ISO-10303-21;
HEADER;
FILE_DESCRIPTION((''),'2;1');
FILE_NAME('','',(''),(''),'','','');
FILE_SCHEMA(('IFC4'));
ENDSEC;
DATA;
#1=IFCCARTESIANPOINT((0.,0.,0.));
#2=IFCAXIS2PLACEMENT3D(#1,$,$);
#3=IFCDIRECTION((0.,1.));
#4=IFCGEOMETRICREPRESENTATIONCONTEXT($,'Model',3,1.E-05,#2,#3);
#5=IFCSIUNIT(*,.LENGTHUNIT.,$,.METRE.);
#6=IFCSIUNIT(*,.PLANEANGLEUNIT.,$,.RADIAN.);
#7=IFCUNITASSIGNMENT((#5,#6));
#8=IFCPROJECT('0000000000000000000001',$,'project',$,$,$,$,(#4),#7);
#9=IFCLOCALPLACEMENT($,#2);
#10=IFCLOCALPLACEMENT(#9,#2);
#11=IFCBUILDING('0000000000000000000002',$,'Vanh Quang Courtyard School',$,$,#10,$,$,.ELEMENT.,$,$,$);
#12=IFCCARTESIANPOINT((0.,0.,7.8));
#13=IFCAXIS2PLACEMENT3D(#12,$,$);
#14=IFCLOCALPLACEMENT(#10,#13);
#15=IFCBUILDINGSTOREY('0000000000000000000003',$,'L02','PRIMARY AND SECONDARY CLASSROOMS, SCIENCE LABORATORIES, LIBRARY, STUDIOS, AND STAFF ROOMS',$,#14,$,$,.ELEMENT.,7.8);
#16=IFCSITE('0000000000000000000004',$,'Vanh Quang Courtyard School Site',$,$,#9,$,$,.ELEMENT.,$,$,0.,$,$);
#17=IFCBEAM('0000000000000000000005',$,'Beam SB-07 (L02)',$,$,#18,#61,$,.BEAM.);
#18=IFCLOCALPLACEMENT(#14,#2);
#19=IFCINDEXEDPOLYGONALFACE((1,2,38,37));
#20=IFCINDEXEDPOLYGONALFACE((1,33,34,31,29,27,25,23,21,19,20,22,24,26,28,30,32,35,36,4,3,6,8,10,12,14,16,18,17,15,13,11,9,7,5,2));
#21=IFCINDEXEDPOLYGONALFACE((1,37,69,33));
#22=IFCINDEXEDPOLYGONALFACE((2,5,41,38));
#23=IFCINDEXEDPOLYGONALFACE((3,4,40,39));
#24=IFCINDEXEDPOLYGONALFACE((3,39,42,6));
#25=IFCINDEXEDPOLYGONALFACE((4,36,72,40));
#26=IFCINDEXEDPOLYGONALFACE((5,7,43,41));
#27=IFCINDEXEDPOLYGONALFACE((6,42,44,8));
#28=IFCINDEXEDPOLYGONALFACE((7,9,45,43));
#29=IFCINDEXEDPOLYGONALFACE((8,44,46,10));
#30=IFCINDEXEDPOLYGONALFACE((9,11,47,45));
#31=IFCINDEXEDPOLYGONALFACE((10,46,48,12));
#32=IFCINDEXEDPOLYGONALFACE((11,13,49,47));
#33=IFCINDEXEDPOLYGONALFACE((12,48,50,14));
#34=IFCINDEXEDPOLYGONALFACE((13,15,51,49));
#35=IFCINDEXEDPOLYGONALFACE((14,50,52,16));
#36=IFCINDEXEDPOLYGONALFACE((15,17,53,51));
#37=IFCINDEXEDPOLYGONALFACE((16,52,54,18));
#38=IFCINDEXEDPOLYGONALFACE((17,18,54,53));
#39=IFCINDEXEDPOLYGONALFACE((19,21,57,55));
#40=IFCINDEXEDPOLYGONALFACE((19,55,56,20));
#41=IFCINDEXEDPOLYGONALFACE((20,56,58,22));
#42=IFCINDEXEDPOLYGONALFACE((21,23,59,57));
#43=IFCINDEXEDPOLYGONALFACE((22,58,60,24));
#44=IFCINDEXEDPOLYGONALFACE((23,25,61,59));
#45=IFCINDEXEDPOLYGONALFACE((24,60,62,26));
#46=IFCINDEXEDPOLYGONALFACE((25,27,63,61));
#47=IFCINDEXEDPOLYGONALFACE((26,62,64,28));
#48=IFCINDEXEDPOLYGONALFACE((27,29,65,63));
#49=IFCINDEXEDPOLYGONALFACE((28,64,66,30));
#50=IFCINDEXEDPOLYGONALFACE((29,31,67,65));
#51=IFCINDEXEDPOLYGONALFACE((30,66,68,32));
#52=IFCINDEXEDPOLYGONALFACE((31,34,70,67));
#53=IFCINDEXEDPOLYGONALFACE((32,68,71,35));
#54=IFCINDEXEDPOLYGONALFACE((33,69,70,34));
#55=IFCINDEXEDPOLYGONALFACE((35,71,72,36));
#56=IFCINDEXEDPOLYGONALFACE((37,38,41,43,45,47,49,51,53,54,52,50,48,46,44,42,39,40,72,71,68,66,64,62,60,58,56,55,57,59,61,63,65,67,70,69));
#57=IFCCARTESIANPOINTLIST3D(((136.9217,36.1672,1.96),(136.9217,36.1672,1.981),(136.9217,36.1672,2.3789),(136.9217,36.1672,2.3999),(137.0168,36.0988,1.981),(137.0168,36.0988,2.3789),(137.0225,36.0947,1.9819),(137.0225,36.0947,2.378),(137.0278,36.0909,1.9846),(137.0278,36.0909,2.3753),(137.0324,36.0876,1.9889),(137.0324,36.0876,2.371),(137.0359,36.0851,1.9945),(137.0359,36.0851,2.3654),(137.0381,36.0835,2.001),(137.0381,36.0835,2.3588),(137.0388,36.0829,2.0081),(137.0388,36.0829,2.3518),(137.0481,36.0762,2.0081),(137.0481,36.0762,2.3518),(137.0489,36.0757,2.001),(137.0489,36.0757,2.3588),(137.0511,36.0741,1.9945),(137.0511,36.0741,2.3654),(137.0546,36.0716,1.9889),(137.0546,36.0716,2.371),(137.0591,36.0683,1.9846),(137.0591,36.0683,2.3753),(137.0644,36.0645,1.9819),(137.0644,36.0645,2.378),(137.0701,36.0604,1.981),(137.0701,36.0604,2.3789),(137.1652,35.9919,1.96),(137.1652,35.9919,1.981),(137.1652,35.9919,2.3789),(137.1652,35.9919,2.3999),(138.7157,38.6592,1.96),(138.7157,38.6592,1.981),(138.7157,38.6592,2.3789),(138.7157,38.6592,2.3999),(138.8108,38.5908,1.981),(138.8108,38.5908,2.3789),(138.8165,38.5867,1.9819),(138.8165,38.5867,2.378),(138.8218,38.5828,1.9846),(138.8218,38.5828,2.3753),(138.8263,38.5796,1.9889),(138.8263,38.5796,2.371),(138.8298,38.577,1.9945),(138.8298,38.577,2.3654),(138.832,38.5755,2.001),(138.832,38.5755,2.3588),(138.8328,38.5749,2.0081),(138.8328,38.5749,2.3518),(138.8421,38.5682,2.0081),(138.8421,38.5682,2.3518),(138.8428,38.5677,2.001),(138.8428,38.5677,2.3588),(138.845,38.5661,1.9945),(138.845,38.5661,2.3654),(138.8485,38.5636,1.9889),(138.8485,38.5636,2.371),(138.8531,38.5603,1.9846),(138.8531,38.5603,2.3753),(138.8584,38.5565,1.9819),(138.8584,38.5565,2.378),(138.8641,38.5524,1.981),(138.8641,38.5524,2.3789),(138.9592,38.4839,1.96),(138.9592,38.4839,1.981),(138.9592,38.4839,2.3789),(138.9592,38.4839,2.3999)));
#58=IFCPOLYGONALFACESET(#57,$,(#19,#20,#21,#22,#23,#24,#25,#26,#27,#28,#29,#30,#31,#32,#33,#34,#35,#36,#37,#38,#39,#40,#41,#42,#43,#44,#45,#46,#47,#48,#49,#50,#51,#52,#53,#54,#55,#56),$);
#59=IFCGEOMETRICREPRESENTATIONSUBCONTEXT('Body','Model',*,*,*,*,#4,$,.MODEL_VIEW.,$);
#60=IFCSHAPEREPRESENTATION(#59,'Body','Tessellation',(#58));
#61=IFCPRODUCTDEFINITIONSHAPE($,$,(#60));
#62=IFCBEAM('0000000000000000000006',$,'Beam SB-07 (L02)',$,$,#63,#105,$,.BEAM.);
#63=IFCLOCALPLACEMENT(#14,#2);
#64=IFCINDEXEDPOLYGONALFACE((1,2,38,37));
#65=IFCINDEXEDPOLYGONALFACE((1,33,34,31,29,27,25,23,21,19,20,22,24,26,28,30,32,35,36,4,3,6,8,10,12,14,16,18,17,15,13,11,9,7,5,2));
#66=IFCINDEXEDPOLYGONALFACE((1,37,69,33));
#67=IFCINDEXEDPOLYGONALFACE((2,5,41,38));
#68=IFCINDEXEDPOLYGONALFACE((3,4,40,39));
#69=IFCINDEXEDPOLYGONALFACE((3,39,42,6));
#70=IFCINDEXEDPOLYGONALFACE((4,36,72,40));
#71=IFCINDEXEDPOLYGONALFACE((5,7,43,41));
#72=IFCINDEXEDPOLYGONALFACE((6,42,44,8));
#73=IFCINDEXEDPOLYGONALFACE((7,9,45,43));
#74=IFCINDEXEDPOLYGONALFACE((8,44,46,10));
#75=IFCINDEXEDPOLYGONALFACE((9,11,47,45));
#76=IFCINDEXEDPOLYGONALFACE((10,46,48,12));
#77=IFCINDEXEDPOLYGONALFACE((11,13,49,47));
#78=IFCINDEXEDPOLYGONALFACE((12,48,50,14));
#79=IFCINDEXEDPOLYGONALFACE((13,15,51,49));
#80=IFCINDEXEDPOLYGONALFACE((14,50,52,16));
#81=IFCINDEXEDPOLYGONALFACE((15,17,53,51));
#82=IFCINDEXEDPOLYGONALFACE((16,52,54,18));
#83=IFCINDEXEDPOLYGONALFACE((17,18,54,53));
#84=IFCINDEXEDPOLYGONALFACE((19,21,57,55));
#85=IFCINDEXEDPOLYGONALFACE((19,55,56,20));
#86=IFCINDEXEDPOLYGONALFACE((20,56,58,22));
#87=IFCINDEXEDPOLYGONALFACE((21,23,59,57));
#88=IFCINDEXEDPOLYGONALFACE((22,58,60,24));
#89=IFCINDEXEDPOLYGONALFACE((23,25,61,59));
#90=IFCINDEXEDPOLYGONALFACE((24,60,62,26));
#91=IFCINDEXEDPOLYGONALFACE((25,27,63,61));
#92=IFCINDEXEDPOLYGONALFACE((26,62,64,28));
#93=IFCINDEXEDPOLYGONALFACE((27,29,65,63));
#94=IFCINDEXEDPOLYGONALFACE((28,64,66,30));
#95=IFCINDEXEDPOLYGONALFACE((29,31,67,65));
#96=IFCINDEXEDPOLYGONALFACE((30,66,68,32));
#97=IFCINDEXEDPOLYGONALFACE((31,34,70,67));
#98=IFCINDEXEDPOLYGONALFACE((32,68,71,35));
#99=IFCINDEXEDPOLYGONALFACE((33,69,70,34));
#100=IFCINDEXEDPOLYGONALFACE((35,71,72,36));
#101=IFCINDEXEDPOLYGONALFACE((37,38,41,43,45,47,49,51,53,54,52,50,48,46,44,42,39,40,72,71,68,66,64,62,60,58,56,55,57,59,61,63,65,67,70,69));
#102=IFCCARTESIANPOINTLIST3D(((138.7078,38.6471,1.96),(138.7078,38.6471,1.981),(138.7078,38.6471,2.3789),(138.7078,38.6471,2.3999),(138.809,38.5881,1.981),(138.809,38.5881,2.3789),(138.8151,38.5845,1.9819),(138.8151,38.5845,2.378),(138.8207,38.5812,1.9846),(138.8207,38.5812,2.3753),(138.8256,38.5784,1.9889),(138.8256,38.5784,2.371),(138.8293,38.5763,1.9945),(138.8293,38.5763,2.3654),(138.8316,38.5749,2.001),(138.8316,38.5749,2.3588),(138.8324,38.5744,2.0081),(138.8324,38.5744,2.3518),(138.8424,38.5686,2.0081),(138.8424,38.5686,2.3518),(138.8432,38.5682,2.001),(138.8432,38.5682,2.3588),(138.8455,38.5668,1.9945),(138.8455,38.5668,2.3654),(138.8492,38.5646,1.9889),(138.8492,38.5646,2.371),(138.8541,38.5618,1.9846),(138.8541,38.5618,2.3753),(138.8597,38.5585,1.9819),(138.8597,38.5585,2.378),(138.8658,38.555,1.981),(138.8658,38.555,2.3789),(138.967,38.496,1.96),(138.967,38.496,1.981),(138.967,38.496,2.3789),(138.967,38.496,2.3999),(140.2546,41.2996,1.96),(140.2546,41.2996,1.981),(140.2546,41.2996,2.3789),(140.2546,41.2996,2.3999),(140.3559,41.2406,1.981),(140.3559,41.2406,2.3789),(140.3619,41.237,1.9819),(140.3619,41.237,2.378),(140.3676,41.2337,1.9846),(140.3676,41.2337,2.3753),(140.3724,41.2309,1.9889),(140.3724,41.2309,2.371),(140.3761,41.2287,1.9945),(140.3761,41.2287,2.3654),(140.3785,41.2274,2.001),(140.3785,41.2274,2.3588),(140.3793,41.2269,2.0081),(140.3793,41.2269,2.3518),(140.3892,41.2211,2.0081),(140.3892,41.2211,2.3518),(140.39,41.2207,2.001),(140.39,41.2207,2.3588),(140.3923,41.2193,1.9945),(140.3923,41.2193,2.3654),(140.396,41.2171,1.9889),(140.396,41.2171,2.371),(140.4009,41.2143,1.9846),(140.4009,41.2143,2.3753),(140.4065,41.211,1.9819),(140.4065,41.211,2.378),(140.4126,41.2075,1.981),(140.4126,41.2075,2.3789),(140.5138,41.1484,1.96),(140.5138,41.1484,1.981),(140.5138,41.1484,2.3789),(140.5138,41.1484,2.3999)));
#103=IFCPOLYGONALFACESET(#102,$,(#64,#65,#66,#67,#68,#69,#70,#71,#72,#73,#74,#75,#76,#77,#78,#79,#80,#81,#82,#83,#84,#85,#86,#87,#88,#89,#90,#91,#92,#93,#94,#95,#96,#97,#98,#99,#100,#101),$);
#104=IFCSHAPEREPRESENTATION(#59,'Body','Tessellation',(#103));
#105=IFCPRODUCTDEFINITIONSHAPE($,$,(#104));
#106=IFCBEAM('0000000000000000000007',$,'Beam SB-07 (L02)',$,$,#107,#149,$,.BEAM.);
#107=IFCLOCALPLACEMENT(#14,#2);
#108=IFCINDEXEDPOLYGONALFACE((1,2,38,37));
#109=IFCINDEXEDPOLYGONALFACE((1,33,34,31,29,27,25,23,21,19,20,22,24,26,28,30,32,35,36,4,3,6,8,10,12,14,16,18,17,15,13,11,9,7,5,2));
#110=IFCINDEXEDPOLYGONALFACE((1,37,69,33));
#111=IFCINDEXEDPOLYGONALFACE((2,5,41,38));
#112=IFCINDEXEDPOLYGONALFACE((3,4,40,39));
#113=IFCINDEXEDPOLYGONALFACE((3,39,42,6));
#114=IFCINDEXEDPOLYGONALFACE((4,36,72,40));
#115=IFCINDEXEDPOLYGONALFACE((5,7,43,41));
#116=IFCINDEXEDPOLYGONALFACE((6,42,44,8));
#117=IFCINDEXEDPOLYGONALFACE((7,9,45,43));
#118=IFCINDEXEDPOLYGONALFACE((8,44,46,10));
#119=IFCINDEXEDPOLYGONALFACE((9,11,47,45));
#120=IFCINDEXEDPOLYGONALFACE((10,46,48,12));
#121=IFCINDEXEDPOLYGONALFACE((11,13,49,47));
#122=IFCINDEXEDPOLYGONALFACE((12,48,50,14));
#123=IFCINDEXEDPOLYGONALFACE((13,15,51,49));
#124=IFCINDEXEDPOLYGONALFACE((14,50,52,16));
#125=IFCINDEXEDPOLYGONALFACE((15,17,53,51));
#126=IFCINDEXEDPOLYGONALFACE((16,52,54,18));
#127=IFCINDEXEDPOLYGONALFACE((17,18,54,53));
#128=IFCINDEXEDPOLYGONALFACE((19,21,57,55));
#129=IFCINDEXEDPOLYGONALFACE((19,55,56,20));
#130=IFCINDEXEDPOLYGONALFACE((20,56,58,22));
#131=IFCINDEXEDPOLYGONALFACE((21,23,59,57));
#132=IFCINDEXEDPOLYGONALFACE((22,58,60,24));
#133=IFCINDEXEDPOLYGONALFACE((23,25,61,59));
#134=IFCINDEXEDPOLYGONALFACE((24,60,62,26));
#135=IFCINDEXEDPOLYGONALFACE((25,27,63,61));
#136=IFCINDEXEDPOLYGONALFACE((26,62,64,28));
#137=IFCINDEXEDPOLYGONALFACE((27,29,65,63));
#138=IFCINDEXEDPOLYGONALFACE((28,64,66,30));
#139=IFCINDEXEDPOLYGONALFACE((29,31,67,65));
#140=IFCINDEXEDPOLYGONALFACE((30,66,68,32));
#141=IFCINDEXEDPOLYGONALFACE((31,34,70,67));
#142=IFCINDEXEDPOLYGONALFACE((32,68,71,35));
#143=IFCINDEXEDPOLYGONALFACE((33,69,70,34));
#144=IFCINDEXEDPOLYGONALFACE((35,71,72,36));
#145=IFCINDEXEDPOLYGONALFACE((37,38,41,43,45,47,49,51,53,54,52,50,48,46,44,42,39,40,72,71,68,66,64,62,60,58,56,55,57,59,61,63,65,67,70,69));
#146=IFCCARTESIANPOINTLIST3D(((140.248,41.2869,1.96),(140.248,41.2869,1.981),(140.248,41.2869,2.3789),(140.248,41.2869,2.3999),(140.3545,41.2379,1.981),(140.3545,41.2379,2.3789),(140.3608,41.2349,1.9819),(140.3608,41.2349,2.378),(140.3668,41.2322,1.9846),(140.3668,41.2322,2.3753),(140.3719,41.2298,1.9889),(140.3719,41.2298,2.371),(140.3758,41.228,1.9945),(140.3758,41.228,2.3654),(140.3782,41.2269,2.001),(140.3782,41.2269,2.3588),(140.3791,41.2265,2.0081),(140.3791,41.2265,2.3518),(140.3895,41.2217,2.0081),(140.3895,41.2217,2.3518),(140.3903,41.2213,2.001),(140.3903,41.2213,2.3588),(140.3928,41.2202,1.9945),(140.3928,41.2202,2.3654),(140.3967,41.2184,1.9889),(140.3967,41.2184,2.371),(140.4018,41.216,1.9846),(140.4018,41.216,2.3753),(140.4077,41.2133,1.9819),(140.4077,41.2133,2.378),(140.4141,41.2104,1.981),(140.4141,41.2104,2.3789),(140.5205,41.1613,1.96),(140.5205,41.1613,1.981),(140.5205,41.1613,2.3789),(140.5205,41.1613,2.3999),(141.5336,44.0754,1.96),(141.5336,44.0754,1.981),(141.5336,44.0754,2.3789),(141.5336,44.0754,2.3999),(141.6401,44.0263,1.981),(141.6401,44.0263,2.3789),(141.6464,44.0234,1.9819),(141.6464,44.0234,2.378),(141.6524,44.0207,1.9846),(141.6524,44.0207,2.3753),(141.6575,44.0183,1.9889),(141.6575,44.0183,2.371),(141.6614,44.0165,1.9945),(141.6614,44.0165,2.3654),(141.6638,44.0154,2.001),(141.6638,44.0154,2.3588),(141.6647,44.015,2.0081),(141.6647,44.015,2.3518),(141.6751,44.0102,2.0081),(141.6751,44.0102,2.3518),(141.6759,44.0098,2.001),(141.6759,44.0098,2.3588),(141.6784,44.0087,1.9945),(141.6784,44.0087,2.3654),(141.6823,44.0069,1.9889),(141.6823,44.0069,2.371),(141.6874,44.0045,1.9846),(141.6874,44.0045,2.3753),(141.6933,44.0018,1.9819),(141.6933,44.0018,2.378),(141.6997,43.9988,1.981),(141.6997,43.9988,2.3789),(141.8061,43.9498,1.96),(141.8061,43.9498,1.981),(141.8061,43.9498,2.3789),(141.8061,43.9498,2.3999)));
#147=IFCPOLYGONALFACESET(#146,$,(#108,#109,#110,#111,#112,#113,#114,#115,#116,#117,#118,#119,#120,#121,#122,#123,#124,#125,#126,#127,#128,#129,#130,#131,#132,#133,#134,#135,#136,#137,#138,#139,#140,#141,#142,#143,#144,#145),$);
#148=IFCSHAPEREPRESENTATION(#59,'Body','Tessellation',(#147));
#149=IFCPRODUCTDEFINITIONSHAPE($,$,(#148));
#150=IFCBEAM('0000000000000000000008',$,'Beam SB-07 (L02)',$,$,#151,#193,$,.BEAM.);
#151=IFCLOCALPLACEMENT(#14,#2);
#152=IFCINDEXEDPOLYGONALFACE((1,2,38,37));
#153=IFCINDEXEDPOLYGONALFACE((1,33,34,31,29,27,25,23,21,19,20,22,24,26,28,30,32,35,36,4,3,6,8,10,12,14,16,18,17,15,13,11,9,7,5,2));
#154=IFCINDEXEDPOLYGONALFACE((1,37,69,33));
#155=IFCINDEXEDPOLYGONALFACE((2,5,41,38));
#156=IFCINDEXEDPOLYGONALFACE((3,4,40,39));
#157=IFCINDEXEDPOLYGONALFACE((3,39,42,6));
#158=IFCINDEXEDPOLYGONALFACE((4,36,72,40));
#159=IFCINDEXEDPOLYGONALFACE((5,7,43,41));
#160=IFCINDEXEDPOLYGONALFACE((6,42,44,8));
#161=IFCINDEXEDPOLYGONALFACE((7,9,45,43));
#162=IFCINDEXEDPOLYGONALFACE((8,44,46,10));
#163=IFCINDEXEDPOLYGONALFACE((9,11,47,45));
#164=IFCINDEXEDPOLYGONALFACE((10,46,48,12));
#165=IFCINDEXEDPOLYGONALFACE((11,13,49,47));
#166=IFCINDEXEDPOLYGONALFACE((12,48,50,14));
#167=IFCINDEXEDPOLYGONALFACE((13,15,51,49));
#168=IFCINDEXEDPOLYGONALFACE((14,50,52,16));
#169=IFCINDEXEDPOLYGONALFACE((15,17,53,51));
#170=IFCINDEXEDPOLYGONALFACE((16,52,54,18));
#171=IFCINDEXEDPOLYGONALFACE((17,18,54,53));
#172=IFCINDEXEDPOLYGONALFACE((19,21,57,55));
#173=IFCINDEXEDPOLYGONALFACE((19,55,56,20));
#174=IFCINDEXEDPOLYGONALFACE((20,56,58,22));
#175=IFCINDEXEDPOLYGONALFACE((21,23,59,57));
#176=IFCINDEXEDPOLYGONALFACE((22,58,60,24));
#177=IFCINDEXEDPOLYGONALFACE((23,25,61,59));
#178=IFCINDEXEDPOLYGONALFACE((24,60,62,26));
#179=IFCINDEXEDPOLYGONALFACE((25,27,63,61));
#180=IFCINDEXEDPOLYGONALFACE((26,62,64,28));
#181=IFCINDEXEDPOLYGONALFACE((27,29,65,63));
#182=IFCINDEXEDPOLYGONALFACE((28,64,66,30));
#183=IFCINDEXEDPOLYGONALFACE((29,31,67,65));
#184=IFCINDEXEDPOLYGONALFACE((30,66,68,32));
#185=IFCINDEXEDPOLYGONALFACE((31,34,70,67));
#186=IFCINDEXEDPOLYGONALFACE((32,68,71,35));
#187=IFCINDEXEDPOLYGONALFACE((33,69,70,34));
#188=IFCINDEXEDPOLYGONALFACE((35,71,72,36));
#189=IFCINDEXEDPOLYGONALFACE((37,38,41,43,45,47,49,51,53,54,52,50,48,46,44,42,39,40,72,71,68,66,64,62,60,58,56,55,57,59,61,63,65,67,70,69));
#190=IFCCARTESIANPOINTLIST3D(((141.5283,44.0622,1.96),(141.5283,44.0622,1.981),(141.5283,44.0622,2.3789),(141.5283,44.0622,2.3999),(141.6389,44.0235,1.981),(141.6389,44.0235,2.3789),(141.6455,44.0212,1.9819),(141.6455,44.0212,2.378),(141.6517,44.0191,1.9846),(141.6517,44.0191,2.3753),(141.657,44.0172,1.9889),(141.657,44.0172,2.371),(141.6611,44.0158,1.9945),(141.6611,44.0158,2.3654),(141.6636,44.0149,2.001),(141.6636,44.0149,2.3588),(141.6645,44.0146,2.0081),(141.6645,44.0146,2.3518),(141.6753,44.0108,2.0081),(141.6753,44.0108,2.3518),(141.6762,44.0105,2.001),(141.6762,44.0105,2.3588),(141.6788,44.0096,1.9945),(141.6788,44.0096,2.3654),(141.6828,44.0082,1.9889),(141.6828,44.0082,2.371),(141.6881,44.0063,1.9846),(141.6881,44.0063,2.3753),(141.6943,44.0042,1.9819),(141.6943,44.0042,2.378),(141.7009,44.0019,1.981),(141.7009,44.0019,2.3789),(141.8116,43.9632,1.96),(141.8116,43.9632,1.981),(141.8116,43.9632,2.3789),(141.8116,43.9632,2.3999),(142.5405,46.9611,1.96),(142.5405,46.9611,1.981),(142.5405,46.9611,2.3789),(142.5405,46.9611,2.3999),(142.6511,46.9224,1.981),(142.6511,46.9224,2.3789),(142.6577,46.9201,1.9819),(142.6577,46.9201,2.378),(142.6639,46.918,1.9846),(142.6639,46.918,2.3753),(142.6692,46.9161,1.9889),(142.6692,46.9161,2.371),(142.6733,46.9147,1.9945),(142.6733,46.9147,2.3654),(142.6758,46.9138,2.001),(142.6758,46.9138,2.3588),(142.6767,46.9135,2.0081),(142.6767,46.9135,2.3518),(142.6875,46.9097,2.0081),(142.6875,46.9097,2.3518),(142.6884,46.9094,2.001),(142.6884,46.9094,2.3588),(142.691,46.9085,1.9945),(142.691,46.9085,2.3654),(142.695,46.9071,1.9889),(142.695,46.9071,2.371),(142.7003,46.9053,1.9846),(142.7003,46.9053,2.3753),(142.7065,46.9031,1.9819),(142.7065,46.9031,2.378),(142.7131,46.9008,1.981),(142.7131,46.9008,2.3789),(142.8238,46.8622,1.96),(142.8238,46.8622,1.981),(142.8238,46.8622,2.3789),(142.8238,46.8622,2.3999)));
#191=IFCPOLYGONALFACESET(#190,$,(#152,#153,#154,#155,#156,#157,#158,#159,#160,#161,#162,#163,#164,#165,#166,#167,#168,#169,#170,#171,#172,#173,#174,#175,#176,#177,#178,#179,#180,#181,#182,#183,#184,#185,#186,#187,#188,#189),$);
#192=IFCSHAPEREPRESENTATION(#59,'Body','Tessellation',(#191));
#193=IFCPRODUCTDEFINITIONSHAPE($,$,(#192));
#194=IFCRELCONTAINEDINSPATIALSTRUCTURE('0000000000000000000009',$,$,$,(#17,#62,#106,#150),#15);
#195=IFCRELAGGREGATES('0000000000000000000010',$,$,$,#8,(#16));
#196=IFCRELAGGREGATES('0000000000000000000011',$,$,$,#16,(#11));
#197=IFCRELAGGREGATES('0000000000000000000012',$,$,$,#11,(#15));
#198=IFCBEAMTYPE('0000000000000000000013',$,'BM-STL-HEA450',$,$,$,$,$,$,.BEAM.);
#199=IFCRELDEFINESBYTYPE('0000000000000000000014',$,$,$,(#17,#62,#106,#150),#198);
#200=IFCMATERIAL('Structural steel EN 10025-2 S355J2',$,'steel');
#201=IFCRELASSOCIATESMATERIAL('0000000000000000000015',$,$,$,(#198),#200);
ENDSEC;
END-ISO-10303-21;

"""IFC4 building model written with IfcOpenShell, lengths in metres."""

from ifc_helpers import new_model, si_unit, direction, frame, origin, origin_2d, place, context, subcontext, project, spatial, i_section, extrude, material, material_profile, profile_set, type_object, element, save


model = new_model("IFC4")

# Units and contexts
model_context = context("Model", 3, precision=1e-05, world=origin(), true_north=direction((0.0, 1.0)))
body_context = subcontext(model_context, "Body", "Model", "MODEL_VIEW")
ifc_project = project(units=[si_unit("LENGTHUNIT", "METRE"), si_unit("PLANEANGLEUNIT", "RADIAN")], contexts=[model_context])

# Site, building, storey
site_placement = place(None, origin())
site = spatial("IfcSite", under=ifc_project, at=site_placement, Name="Vanh Quang Courtyard School Site", CompositionType="ELEMENT", RefElevation=0.0)
building_placement = place(site_placement, origin())
building = spatial("IfcBuilding", under=site, at=building_placement, Name="Vanh Quang Courtyard School", CompositionType="ELEMENT")
storey_placement = place(building_placement, frame((0.0, 0.0, 7.8)))
storey = spatial("IfcBuildingStorey", under=building, at=storey_placement, Name="L02", Description="PRIMARY AND SECONDARY CLASSROOMS, SCIENCE LABORATORIES, LIBRARY, STUDIOS, AND STAFF ROOMS", CompositionType="ELEMENT", Elevation=7.8)

# Beams
ifc_material_1 = material(Name="Structural steel EN 10025-2 S355J2", Category="steel")
ifc_material_profile_1 = material_profile(ifc_material_1, i_section(OverallWidth=0.3, OverallDepth=0.4399, WebThickness=0.0115, FlangeThickness=0.021, FilletRadius=0.0271, at=origin_2d()), Name="HEA 450")
ifc_profile_set_1 = profile_set([ifc_material_profile_1], Name="Structural steel EN 10025-2 S355J2")
beam_type_1 = type_object("IfcBeamType", Name="BM-STL-HEA450", PredefinedType="BEAM", material=ifc_profile_set_1)
for number, where, z_axis, x_axis, name in (
    (1, (137.0435, 36.0796, 2.1799), (0.58425, 0.811574, 0.0), (-0.811574, 0.58425, 0.0), "Beam SB-07 (L02)"),
    (2, (138.8374, 38.5715, 2.1799), (0.503757, 0.863845, 0.0), (-0.863845, 0.503757, 0.0), "Beam SB-07 (L02)"),
    (3, (140.3843, 41.2241, 2.1799), (0.418685, 0.908132, 0.0), (-0.908132, 0.418685, 0.0), "Beam SB-07 (L02)"),
    (4, (141.6699, 44.0127, 2.1799), (0.329649, 0.944104, 0.0), (-0.944104, 0.329649, 0.0), "Beam SB-07 (L02)"),
):
    element("IfcBeam", number, at=place(storey_placement, frame(where, z_axis=z_axis, x_axis=x_axis)), inside=storey, type_object=beam_type_1, Name=name, PredefinedType="BEAM", context=body_context, shape_type="SweptSolid", body=[
        extrude(i_section(OverallWidth=0.3, OverallDepth=0.4399, WebThickness=0.0115, FlangeThickness=0.021, FilletRadius=0.0271, at=origin_2d()), origin(), (0.0, 0.0, 1.0), 3.0706),
    ])

save(model, "model.ifc")
